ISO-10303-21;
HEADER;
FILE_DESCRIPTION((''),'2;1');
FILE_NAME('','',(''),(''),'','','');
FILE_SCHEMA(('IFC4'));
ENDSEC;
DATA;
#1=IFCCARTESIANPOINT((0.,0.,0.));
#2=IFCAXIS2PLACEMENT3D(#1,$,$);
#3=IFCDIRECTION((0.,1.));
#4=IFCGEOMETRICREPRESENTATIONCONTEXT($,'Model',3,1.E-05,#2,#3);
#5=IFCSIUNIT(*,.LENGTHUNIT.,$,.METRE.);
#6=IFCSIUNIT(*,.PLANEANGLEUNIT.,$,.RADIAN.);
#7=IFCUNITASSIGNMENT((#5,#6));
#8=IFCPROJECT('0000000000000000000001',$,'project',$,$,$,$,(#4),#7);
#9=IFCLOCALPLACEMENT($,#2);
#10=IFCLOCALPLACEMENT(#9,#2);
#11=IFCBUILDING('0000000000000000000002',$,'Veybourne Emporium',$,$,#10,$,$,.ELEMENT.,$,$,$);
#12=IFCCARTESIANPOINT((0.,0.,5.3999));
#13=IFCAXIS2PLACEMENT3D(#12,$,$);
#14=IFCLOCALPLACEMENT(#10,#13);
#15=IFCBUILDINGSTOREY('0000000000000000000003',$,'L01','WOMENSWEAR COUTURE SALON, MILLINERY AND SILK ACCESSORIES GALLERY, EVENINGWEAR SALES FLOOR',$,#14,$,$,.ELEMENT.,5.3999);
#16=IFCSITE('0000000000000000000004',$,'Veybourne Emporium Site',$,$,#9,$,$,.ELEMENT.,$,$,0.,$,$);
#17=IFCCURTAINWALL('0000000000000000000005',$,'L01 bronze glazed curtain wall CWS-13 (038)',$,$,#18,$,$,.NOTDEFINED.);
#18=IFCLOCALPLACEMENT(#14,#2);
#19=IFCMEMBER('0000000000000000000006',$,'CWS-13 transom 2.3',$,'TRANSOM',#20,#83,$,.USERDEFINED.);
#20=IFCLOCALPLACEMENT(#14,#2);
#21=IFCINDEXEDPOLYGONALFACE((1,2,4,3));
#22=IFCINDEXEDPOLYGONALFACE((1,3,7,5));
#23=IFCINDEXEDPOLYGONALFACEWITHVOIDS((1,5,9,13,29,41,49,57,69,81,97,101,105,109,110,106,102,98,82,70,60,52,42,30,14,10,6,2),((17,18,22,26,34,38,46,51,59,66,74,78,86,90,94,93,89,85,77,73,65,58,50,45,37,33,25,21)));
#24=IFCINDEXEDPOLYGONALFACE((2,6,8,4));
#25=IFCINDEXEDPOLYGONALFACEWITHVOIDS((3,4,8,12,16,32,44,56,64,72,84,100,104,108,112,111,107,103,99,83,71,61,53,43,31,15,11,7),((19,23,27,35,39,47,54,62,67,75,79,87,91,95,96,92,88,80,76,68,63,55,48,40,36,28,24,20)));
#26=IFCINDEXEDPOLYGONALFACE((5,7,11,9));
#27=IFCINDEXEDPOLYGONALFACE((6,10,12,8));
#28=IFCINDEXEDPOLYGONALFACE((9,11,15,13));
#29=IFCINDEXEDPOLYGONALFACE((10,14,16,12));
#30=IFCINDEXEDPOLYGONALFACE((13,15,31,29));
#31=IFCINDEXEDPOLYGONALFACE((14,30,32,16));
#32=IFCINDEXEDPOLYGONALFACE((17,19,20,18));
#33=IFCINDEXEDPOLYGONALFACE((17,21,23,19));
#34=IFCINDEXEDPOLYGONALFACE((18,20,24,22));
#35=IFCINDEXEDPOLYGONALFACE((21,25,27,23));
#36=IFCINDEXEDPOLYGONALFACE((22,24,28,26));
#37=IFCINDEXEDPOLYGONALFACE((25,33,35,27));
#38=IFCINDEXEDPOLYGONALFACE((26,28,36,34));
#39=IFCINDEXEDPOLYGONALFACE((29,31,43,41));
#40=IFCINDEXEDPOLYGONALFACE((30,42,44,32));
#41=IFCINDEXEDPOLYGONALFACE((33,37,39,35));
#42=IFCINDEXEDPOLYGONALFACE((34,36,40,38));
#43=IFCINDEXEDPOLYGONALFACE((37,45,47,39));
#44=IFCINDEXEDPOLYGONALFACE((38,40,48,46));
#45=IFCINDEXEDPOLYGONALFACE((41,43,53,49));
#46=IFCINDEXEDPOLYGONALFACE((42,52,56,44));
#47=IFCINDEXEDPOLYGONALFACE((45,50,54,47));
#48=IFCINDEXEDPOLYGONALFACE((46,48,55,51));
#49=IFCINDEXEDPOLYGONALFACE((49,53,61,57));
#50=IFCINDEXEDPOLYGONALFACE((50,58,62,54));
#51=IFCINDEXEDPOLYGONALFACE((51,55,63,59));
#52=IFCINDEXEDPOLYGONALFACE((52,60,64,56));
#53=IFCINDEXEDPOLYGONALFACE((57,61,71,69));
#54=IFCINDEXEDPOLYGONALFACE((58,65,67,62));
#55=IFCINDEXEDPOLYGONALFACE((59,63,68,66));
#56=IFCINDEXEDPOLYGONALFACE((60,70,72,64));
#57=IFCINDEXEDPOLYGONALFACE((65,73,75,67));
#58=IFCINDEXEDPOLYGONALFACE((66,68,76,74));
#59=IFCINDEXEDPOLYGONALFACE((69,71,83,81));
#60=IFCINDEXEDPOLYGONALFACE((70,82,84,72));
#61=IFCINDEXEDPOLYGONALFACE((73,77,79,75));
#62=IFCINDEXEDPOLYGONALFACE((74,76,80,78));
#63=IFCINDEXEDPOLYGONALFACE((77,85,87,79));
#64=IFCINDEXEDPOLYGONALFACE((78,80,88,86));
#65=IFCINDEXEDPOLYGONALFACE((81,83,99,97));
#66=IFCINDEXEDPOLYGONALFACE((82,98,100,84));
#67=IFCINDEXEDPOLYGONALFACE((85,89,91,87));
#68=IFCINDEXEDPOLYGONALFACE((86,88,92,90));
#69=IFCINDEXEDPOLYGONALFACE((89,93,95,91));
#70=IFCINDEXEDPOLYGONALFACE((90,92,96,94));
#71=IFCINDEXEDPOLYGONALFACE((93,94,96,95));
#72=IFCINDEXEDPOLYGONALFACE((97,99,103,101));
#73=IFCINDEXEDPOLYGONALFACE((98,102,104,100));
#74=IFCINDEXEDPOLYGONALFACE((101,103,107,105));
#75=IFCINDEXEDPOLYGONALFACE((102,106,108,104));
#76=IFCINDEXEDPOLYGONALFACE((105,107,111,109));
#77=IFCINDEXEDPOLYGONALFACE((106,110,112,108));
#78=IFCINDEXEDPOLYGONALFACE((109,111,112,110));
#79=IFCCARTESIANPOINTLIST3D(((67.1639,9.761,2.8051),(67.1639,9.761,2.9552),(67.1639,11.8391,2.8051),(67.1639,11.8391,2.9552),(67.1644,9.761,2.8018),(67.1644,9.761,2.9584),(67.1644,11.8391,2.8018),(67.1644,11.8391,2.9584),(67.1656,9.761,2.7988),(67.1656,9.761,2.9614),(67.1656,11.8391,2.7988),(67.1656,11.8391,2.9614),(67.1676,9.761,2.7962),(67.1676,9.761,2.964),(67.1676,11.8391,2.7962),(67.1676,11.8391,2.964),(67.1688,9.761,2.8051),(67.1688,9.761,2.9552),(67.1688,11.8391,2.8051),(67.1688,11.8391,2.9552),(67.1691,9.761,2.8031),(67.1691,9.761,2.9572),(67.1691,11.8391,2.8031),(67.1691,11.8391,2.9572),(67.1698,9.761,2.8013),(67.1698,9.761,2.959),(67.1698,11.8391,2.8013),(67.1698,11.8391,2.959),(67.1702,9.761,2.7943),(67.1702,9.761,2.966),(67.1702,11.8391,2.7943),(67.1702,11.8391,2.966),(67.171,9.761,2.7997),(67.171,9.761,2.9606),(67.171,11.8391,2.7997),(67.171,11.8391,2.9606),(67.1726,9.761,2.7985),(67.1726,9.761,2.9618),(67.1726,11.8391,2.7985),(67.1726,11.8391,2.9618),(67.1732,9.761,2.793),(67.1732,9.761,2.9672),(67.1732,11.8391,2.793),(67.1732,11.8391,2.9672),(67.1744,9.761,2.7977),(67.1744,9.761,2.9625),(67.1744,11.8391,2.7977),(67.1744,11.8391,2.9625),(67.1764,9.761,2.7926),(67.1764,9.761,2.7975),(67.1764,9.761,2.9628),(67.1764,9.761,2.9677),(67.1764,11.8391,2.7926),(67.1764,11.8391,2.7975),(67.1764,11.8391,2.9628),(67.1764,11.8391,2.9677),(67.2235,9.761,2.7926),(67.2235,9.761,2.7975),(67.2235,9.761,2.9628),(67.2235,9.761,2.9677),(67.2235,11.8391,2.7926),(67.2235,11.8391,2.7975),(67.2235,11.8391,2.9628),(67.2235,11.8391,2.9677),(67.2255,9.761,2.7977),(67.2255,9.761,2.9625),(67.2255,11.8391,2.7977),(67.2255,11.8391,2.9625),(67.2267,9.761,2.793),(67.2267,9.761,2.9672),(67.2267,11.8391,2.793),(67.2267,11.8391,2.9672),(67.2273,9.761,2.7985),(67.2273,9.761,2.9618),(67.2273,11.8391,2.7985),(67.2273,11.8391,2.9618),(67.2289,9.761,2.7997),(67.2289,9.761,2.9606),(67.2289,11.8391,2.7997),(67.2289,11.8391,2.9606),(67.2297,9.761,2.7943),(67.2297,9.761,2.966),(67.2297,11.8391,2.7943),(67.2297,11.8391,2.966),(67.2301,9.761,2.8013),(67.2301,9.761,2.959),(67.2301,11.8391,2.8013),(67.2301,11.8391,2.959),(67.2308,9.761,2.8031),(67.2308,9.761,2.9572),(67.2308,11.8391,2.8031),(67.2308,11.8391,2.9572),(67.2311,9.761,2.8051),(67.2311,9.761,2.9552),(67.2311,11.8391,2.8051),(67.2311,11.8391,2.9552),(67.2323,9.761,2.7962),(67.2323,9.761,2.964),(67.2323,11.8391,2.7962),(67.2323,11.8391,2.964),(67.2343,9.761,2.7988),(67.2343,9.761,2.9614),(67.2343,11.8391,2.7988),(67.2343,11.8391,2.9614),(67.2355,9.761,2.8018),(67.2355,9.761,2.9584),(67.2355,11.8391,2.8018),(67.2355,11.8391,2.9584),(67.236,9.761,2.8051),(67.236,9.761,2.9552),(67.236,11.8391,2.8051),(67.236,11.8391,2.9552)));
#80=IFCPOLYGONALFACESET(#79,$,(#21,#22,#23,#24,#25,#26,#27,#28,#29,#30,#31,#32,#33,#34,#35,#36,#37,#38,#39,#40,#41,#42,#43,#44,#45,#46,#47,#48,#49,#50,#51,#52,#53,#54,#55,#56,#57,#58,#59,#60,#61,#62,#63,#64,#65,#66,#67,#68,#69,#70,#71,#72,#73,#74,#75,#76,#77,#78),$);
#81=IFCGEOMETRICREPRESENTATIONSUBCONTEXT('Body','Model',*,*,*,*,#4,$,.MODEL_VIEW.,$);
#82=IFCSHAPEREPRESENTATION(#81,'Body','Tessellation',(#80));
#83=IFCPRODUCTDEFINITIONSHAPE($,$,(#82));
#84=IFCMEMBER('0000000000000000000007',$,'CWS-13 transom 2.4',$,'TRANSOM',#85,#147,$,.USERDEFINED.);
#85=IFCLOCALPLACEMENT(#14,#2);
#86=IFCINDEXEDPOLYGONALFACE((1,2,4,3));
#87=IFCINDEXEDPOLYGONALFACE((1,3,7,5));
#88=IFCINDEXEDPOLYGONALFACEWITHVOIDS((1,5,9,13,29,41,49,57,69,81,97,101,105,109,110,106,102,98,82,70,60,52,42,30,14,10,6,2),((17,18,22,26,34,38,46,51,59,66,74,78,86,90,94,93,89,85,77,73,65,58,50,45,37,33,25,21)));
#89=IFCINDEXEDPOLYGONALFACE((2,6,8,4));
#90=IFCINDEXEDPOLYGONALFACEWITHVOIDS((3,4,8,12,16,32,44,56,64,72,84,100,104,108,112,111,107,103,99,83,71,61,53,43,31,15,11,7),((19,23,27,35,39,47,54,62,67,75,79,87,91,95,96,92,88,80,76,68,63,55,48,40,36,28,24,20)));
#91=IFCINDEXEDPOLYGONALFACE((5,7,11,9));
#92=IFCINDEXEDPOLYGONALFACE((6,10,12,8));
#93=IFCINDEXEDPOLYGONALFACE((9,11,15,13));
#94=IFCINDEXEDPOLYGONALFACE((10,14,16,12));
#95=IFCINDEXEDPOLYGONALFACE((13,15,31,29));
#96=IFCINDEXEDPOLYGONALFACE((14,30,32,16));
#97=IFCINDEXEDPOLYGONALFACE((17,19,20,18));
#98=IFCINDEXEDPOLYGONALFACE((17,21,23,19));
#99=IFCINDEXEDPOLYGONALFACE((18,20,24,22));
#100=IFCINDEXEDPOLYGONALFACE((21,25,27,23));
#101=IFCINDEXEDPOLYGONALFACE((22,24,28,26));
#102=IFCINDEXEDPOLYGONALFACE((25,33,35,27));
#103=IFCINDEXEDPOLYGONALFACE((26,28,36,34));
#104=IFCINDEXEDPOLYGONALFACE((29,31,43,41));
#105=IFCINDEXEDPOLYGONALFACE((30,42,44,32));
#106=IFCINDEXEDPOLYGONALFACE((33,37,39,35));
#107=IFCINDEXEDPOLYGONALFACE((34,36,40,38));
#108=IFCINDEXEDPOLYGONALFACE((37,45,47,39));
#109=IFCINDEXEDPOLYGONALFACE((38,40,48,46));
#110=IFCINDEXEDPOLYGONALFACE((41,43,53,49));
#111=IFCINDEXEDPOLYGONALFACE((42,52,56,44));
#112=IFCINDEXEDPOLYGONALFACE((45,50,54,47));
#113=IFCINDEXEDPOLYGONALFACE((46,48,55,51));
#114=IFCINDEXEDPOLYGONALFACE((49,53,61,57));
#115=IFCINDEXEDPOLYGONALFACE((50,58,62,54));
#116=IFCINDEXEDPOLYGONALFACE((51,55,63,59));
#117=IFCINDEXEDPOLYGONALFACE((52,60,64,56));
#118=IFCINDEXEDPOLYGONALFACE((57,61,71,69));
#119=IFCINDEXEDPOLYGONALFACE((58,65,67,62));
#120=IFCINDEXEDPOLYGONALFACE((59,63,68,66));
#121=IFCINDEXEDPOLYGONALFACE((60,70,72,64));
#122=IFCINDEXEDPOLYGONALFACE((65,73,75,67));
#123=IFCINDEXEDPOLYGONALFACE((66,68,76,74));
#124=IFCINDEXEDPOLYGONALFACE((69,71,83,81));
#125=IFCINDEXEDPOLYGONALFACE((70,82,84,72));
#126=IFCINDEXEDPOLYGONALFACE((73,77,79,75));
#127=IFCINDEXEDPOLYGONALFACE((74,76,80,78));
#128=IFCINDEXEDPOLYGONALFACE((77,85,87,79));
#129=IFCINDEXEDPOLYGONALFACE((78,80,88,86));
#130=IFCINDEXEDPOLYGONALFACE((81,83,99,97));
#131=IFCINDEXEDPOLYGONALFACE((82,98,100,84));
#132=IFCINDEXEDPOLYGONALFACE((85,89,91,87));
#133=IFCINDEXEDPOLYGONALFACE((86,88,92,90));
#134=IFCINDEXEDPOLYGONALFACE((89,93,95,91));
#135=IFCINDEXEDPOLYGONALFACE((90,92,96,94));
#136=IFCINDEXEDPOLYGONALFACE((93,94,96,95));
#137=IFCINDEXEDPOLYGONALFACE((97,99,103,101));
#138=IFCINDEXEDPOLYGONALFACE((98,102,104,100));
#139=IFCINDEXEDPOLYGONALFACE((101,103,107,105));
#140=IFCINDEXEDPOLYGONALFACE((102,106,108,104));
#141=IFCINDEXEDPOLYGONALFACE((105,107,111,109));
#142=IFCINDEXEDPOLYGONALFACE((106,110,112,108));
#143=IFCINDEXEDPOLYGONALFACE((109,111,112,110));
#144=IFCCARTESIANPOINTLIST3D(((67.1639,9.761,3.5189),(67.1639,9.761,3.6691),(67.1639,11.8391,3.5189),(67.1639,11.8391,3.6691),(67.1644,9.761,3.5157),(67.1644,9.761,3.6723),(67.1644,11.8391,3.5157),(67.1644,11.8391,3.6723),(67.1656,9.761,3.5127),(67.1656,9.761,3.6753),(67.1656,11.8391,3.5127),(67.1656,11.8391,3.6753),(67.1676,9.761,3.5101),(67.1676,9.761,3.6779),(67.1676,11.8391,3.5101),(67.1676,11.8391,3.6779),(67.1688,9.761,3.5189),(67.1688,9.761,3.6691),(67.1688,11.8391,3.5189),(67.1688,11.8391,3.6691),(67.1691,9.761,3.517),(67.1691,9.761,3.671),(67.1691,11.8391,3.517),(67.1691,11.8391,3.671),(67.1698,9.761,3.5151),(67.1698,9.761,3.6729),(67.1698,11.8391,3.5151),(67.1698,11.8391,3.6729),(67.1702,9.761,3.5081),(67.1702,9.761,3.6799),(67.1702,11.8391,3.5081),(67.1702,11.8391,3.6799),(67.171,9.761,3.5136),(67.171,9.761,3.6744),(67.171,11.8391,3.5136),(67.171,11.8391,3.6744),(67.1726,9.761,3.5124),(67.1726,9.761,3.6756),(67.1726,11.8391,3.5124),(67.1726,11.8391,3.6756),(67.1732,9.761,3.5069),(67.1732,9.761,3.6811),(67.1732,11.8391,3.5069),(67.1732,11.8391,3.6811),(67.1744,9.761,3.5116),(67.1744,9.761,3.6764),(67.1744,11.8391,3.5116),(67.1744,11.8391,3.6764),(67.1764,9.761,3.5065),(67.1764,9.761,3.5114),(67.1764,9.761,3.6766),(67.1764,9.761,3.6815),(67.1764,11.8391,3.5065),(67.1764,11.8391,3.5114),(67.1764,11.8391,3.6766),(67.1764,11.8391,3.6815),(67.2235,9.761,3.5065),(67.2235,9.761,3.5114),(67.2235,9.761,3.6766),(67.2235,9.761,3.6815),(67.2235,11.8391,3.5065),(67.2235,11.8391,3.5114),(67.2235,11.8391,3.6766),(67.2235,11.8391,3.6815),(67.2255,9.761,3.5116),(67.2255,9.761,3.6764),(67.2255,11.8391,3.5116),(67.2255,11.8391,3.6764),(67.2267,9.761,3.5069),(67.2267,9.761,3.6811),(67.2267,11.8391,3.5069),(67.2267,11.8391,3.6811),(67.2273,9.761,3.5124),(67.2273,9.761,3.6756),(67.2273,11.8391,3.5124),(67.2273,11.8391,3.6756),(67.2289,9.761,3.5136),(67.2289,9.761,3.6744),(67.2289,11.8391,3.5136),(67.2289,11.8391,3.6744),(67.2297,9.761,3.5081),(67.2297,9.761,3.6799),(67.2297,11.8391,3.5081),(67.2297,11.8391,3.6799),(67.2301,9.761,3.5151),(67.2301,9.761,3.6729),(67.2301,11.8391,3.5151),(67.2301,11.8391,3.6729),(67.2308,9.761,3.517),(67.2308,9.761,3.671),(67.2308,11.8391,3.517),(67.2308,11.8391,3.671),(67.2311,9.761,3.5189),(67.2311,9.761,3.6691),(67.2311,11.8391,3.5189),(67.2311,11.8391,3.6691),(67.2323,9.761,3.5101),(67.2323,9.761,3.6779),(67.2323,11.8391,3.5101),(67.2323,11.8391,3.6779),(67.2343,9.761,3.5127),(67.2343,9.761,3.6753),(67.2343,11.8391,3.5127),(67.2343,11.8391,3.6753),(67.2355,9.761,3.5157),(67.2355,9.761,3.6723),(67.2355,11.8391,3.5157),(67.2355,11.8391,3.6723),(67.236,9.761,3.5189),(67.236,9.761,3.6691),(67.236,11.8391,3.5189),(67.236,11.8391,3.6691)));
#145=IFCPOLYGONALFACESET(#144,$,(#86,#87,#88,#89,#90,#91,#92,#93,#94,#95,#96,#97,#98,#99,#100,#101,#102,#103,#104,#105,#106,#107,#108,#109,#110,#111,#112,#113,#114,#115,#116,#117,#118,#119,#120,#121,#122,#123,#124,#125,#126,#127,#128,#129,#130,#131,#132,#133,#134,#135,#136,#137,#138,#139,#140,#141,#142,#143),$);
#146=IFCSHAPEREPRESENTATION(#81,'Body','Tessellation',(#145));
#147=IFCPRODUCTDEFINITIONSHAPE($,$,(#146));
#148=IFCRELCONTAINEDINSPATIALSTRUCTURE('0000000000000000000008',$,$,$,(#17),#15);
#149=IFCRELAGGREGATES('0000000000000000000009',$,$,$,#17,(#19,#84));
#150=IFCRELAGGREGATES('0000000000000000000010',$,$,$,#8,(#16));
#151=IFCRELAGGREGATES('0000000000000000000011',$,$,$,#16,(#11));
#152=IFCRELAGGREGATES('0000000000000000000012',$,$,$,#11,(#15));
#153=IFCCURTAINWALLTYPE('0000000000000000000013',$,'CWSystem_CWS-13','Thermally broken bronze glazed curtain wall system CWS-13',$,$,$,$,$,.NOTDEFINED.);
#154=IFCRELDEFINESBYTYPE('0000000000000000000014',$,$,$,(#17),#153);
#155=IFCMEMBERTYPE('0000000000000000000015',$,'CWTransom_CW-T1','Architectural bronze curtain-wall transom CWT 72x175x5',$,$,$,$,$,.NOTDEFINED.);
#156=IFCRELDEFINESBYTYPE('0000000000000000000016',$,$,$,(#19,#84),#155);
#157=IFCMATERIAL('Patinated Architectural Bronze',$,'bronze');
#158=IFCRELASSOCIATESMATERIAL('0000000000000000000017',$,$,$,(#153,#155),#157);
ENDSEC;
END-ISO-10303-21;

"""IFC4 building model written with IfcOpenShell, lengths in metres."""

from ifc_helpers import new_model, si_unit, direction, frame, origin, origin_2d, place, context, subcontext, project, spatial, hollow_rectangle, extrude, material, material_profile, profile_set, type_object, element, aggregate, save


model = new_model("IFC4")

# Units and contexts
model_context = context("Model", 3, precision=1e-05, world=origin(), true_north=direction((0.0, 1.0)))
body_context = subcontext(model_context, "Body", "Model", "MODEL_VIEW")
ifc_project = project(units=[si_unit("LENGTHUNIT", "METRE"), si_unit("PLANEANGLEUNIT", "RADIAN")], contexts=[model_context])

# Site, building, storey
site_placement = place(None, origin())
site = spatial("IfcSite", under=ifc_project, at=site_placement, Name="Veybourne Emporium Site", CompositionType="ELEMENT", RefElevation=0.0)
building_placement = place(site_placement, origin())
building = spatial("IfcBuilding", under=site, at=building_placement, Name="Veybourne Emporium", CompositionType="ELEMENT")
storey_placement = place(building_placement, frame((0.0, 0.0, 5.3999)))
storey = spatial("IfcBuildingStorey", under=building, at=storey_placement, Name="L01", Description="WOMENSWEAR COUTURE SALON, MILLINERY AND SILK ACCESSORIES GALLERY, EVENINGWEAR SALES FLOOR", CompositionType="ELEMENT", Elevation=5.3999)

# Curtain wall
ifc_material_1 = material(Name="Patinated Architectural Bronze", Category="bronze")
curtain_wall_type_1 = type_object("IfcCurtainWallType", Name="CWSystem_CWS-13", Description="Thermally broken bronze glazed curtain wall system CWS-13", PredefinedType="NOTDEFINED", material=ifc_material_1)
curtain_wall_1_placement = place(storey_placement, origin())
curtain_wall_1 = element("IfcCurtainWall", 1, at=curtain_wall_1_placement, inside=storey, type_object=curtain_wall_type_1, Name="L01 bronze glazed curtain wall CWS-13 (038)", PredefinedType="NOTDEFINED")

# Members
ifc_material_profile_1 = material_profile(ifc_material_1, hollow_rectangle(XDim=0.072, YDim=0.175, WallThickness=0.0049, InnerFilletRadius=0.0076, OuterFilletRadius=0.0125, at=origin_2d()), Name="CWT 72x175x5")
ifc_profile_set_1 = profile_set([ifc_material_profile_1], Name="Patinated Architectural Bronze")
member_type_1 = type_object("IfcMemberType", Name="CWTransom_CW-T1", Description="Architectural bronze curtain-wall transom CWT 72x175x5", PredefinedType="NOTDEFINED", material=ifc_profile_set_1)
member_1_placement = place(storey_placement, frame((67.2, 9.761, 2.8801), z_axis=(0.0, 1.0, 0.0), x_axis=(-1.0, 0.0, 0.0)))
member_1 = element("IfcMember", 2, at=member_1_placement, type_object=member_type_1, Name="CWS-13 transom 2.3", ObjectType="TRANSOM", PredefinedType="USERDEFINED", context=body_context, shape_type="SweptSolid", body=[
    extrude(hollow_rectangle(XDim=0.072, YDim=0.175, WallThickness=0.0049, InnerFilletRadius=0.0076, OuterFilletRadius=0.0125, at=origin_2d()), origin(), (0.0, 0.0, 1.0), 2.0781),
])
member_2_placement = place(storey_placement, frame((67.2, 9.761, 3.594), z_axis=(0.0, 1.0, 0.0), x_axis=(-1.0, 0.0, 0.0)))
member_2 = element("IfcMember", 3, at=member_2_placement, type_object=member_type_1, Name="CWS-13 transom 2.4", ObjectType="TRANSOM", PredefinedType="USERDEFINED", context=body_context, shape_type="SweptSolid", body=[
    extrude(hollow_rectangle(XDim=0.072, YDim=0.175, WallThickness=0.0049, InnerFilletRadius=0.0076, OuterFilletRadius=0.0125, at=origin_2d()), origin(), (0.0, 0.0, 1.0), 2.0781),
])

aggregate(curtain_wall_1, [member_1, member_2])

save(model, "model.ifc")
